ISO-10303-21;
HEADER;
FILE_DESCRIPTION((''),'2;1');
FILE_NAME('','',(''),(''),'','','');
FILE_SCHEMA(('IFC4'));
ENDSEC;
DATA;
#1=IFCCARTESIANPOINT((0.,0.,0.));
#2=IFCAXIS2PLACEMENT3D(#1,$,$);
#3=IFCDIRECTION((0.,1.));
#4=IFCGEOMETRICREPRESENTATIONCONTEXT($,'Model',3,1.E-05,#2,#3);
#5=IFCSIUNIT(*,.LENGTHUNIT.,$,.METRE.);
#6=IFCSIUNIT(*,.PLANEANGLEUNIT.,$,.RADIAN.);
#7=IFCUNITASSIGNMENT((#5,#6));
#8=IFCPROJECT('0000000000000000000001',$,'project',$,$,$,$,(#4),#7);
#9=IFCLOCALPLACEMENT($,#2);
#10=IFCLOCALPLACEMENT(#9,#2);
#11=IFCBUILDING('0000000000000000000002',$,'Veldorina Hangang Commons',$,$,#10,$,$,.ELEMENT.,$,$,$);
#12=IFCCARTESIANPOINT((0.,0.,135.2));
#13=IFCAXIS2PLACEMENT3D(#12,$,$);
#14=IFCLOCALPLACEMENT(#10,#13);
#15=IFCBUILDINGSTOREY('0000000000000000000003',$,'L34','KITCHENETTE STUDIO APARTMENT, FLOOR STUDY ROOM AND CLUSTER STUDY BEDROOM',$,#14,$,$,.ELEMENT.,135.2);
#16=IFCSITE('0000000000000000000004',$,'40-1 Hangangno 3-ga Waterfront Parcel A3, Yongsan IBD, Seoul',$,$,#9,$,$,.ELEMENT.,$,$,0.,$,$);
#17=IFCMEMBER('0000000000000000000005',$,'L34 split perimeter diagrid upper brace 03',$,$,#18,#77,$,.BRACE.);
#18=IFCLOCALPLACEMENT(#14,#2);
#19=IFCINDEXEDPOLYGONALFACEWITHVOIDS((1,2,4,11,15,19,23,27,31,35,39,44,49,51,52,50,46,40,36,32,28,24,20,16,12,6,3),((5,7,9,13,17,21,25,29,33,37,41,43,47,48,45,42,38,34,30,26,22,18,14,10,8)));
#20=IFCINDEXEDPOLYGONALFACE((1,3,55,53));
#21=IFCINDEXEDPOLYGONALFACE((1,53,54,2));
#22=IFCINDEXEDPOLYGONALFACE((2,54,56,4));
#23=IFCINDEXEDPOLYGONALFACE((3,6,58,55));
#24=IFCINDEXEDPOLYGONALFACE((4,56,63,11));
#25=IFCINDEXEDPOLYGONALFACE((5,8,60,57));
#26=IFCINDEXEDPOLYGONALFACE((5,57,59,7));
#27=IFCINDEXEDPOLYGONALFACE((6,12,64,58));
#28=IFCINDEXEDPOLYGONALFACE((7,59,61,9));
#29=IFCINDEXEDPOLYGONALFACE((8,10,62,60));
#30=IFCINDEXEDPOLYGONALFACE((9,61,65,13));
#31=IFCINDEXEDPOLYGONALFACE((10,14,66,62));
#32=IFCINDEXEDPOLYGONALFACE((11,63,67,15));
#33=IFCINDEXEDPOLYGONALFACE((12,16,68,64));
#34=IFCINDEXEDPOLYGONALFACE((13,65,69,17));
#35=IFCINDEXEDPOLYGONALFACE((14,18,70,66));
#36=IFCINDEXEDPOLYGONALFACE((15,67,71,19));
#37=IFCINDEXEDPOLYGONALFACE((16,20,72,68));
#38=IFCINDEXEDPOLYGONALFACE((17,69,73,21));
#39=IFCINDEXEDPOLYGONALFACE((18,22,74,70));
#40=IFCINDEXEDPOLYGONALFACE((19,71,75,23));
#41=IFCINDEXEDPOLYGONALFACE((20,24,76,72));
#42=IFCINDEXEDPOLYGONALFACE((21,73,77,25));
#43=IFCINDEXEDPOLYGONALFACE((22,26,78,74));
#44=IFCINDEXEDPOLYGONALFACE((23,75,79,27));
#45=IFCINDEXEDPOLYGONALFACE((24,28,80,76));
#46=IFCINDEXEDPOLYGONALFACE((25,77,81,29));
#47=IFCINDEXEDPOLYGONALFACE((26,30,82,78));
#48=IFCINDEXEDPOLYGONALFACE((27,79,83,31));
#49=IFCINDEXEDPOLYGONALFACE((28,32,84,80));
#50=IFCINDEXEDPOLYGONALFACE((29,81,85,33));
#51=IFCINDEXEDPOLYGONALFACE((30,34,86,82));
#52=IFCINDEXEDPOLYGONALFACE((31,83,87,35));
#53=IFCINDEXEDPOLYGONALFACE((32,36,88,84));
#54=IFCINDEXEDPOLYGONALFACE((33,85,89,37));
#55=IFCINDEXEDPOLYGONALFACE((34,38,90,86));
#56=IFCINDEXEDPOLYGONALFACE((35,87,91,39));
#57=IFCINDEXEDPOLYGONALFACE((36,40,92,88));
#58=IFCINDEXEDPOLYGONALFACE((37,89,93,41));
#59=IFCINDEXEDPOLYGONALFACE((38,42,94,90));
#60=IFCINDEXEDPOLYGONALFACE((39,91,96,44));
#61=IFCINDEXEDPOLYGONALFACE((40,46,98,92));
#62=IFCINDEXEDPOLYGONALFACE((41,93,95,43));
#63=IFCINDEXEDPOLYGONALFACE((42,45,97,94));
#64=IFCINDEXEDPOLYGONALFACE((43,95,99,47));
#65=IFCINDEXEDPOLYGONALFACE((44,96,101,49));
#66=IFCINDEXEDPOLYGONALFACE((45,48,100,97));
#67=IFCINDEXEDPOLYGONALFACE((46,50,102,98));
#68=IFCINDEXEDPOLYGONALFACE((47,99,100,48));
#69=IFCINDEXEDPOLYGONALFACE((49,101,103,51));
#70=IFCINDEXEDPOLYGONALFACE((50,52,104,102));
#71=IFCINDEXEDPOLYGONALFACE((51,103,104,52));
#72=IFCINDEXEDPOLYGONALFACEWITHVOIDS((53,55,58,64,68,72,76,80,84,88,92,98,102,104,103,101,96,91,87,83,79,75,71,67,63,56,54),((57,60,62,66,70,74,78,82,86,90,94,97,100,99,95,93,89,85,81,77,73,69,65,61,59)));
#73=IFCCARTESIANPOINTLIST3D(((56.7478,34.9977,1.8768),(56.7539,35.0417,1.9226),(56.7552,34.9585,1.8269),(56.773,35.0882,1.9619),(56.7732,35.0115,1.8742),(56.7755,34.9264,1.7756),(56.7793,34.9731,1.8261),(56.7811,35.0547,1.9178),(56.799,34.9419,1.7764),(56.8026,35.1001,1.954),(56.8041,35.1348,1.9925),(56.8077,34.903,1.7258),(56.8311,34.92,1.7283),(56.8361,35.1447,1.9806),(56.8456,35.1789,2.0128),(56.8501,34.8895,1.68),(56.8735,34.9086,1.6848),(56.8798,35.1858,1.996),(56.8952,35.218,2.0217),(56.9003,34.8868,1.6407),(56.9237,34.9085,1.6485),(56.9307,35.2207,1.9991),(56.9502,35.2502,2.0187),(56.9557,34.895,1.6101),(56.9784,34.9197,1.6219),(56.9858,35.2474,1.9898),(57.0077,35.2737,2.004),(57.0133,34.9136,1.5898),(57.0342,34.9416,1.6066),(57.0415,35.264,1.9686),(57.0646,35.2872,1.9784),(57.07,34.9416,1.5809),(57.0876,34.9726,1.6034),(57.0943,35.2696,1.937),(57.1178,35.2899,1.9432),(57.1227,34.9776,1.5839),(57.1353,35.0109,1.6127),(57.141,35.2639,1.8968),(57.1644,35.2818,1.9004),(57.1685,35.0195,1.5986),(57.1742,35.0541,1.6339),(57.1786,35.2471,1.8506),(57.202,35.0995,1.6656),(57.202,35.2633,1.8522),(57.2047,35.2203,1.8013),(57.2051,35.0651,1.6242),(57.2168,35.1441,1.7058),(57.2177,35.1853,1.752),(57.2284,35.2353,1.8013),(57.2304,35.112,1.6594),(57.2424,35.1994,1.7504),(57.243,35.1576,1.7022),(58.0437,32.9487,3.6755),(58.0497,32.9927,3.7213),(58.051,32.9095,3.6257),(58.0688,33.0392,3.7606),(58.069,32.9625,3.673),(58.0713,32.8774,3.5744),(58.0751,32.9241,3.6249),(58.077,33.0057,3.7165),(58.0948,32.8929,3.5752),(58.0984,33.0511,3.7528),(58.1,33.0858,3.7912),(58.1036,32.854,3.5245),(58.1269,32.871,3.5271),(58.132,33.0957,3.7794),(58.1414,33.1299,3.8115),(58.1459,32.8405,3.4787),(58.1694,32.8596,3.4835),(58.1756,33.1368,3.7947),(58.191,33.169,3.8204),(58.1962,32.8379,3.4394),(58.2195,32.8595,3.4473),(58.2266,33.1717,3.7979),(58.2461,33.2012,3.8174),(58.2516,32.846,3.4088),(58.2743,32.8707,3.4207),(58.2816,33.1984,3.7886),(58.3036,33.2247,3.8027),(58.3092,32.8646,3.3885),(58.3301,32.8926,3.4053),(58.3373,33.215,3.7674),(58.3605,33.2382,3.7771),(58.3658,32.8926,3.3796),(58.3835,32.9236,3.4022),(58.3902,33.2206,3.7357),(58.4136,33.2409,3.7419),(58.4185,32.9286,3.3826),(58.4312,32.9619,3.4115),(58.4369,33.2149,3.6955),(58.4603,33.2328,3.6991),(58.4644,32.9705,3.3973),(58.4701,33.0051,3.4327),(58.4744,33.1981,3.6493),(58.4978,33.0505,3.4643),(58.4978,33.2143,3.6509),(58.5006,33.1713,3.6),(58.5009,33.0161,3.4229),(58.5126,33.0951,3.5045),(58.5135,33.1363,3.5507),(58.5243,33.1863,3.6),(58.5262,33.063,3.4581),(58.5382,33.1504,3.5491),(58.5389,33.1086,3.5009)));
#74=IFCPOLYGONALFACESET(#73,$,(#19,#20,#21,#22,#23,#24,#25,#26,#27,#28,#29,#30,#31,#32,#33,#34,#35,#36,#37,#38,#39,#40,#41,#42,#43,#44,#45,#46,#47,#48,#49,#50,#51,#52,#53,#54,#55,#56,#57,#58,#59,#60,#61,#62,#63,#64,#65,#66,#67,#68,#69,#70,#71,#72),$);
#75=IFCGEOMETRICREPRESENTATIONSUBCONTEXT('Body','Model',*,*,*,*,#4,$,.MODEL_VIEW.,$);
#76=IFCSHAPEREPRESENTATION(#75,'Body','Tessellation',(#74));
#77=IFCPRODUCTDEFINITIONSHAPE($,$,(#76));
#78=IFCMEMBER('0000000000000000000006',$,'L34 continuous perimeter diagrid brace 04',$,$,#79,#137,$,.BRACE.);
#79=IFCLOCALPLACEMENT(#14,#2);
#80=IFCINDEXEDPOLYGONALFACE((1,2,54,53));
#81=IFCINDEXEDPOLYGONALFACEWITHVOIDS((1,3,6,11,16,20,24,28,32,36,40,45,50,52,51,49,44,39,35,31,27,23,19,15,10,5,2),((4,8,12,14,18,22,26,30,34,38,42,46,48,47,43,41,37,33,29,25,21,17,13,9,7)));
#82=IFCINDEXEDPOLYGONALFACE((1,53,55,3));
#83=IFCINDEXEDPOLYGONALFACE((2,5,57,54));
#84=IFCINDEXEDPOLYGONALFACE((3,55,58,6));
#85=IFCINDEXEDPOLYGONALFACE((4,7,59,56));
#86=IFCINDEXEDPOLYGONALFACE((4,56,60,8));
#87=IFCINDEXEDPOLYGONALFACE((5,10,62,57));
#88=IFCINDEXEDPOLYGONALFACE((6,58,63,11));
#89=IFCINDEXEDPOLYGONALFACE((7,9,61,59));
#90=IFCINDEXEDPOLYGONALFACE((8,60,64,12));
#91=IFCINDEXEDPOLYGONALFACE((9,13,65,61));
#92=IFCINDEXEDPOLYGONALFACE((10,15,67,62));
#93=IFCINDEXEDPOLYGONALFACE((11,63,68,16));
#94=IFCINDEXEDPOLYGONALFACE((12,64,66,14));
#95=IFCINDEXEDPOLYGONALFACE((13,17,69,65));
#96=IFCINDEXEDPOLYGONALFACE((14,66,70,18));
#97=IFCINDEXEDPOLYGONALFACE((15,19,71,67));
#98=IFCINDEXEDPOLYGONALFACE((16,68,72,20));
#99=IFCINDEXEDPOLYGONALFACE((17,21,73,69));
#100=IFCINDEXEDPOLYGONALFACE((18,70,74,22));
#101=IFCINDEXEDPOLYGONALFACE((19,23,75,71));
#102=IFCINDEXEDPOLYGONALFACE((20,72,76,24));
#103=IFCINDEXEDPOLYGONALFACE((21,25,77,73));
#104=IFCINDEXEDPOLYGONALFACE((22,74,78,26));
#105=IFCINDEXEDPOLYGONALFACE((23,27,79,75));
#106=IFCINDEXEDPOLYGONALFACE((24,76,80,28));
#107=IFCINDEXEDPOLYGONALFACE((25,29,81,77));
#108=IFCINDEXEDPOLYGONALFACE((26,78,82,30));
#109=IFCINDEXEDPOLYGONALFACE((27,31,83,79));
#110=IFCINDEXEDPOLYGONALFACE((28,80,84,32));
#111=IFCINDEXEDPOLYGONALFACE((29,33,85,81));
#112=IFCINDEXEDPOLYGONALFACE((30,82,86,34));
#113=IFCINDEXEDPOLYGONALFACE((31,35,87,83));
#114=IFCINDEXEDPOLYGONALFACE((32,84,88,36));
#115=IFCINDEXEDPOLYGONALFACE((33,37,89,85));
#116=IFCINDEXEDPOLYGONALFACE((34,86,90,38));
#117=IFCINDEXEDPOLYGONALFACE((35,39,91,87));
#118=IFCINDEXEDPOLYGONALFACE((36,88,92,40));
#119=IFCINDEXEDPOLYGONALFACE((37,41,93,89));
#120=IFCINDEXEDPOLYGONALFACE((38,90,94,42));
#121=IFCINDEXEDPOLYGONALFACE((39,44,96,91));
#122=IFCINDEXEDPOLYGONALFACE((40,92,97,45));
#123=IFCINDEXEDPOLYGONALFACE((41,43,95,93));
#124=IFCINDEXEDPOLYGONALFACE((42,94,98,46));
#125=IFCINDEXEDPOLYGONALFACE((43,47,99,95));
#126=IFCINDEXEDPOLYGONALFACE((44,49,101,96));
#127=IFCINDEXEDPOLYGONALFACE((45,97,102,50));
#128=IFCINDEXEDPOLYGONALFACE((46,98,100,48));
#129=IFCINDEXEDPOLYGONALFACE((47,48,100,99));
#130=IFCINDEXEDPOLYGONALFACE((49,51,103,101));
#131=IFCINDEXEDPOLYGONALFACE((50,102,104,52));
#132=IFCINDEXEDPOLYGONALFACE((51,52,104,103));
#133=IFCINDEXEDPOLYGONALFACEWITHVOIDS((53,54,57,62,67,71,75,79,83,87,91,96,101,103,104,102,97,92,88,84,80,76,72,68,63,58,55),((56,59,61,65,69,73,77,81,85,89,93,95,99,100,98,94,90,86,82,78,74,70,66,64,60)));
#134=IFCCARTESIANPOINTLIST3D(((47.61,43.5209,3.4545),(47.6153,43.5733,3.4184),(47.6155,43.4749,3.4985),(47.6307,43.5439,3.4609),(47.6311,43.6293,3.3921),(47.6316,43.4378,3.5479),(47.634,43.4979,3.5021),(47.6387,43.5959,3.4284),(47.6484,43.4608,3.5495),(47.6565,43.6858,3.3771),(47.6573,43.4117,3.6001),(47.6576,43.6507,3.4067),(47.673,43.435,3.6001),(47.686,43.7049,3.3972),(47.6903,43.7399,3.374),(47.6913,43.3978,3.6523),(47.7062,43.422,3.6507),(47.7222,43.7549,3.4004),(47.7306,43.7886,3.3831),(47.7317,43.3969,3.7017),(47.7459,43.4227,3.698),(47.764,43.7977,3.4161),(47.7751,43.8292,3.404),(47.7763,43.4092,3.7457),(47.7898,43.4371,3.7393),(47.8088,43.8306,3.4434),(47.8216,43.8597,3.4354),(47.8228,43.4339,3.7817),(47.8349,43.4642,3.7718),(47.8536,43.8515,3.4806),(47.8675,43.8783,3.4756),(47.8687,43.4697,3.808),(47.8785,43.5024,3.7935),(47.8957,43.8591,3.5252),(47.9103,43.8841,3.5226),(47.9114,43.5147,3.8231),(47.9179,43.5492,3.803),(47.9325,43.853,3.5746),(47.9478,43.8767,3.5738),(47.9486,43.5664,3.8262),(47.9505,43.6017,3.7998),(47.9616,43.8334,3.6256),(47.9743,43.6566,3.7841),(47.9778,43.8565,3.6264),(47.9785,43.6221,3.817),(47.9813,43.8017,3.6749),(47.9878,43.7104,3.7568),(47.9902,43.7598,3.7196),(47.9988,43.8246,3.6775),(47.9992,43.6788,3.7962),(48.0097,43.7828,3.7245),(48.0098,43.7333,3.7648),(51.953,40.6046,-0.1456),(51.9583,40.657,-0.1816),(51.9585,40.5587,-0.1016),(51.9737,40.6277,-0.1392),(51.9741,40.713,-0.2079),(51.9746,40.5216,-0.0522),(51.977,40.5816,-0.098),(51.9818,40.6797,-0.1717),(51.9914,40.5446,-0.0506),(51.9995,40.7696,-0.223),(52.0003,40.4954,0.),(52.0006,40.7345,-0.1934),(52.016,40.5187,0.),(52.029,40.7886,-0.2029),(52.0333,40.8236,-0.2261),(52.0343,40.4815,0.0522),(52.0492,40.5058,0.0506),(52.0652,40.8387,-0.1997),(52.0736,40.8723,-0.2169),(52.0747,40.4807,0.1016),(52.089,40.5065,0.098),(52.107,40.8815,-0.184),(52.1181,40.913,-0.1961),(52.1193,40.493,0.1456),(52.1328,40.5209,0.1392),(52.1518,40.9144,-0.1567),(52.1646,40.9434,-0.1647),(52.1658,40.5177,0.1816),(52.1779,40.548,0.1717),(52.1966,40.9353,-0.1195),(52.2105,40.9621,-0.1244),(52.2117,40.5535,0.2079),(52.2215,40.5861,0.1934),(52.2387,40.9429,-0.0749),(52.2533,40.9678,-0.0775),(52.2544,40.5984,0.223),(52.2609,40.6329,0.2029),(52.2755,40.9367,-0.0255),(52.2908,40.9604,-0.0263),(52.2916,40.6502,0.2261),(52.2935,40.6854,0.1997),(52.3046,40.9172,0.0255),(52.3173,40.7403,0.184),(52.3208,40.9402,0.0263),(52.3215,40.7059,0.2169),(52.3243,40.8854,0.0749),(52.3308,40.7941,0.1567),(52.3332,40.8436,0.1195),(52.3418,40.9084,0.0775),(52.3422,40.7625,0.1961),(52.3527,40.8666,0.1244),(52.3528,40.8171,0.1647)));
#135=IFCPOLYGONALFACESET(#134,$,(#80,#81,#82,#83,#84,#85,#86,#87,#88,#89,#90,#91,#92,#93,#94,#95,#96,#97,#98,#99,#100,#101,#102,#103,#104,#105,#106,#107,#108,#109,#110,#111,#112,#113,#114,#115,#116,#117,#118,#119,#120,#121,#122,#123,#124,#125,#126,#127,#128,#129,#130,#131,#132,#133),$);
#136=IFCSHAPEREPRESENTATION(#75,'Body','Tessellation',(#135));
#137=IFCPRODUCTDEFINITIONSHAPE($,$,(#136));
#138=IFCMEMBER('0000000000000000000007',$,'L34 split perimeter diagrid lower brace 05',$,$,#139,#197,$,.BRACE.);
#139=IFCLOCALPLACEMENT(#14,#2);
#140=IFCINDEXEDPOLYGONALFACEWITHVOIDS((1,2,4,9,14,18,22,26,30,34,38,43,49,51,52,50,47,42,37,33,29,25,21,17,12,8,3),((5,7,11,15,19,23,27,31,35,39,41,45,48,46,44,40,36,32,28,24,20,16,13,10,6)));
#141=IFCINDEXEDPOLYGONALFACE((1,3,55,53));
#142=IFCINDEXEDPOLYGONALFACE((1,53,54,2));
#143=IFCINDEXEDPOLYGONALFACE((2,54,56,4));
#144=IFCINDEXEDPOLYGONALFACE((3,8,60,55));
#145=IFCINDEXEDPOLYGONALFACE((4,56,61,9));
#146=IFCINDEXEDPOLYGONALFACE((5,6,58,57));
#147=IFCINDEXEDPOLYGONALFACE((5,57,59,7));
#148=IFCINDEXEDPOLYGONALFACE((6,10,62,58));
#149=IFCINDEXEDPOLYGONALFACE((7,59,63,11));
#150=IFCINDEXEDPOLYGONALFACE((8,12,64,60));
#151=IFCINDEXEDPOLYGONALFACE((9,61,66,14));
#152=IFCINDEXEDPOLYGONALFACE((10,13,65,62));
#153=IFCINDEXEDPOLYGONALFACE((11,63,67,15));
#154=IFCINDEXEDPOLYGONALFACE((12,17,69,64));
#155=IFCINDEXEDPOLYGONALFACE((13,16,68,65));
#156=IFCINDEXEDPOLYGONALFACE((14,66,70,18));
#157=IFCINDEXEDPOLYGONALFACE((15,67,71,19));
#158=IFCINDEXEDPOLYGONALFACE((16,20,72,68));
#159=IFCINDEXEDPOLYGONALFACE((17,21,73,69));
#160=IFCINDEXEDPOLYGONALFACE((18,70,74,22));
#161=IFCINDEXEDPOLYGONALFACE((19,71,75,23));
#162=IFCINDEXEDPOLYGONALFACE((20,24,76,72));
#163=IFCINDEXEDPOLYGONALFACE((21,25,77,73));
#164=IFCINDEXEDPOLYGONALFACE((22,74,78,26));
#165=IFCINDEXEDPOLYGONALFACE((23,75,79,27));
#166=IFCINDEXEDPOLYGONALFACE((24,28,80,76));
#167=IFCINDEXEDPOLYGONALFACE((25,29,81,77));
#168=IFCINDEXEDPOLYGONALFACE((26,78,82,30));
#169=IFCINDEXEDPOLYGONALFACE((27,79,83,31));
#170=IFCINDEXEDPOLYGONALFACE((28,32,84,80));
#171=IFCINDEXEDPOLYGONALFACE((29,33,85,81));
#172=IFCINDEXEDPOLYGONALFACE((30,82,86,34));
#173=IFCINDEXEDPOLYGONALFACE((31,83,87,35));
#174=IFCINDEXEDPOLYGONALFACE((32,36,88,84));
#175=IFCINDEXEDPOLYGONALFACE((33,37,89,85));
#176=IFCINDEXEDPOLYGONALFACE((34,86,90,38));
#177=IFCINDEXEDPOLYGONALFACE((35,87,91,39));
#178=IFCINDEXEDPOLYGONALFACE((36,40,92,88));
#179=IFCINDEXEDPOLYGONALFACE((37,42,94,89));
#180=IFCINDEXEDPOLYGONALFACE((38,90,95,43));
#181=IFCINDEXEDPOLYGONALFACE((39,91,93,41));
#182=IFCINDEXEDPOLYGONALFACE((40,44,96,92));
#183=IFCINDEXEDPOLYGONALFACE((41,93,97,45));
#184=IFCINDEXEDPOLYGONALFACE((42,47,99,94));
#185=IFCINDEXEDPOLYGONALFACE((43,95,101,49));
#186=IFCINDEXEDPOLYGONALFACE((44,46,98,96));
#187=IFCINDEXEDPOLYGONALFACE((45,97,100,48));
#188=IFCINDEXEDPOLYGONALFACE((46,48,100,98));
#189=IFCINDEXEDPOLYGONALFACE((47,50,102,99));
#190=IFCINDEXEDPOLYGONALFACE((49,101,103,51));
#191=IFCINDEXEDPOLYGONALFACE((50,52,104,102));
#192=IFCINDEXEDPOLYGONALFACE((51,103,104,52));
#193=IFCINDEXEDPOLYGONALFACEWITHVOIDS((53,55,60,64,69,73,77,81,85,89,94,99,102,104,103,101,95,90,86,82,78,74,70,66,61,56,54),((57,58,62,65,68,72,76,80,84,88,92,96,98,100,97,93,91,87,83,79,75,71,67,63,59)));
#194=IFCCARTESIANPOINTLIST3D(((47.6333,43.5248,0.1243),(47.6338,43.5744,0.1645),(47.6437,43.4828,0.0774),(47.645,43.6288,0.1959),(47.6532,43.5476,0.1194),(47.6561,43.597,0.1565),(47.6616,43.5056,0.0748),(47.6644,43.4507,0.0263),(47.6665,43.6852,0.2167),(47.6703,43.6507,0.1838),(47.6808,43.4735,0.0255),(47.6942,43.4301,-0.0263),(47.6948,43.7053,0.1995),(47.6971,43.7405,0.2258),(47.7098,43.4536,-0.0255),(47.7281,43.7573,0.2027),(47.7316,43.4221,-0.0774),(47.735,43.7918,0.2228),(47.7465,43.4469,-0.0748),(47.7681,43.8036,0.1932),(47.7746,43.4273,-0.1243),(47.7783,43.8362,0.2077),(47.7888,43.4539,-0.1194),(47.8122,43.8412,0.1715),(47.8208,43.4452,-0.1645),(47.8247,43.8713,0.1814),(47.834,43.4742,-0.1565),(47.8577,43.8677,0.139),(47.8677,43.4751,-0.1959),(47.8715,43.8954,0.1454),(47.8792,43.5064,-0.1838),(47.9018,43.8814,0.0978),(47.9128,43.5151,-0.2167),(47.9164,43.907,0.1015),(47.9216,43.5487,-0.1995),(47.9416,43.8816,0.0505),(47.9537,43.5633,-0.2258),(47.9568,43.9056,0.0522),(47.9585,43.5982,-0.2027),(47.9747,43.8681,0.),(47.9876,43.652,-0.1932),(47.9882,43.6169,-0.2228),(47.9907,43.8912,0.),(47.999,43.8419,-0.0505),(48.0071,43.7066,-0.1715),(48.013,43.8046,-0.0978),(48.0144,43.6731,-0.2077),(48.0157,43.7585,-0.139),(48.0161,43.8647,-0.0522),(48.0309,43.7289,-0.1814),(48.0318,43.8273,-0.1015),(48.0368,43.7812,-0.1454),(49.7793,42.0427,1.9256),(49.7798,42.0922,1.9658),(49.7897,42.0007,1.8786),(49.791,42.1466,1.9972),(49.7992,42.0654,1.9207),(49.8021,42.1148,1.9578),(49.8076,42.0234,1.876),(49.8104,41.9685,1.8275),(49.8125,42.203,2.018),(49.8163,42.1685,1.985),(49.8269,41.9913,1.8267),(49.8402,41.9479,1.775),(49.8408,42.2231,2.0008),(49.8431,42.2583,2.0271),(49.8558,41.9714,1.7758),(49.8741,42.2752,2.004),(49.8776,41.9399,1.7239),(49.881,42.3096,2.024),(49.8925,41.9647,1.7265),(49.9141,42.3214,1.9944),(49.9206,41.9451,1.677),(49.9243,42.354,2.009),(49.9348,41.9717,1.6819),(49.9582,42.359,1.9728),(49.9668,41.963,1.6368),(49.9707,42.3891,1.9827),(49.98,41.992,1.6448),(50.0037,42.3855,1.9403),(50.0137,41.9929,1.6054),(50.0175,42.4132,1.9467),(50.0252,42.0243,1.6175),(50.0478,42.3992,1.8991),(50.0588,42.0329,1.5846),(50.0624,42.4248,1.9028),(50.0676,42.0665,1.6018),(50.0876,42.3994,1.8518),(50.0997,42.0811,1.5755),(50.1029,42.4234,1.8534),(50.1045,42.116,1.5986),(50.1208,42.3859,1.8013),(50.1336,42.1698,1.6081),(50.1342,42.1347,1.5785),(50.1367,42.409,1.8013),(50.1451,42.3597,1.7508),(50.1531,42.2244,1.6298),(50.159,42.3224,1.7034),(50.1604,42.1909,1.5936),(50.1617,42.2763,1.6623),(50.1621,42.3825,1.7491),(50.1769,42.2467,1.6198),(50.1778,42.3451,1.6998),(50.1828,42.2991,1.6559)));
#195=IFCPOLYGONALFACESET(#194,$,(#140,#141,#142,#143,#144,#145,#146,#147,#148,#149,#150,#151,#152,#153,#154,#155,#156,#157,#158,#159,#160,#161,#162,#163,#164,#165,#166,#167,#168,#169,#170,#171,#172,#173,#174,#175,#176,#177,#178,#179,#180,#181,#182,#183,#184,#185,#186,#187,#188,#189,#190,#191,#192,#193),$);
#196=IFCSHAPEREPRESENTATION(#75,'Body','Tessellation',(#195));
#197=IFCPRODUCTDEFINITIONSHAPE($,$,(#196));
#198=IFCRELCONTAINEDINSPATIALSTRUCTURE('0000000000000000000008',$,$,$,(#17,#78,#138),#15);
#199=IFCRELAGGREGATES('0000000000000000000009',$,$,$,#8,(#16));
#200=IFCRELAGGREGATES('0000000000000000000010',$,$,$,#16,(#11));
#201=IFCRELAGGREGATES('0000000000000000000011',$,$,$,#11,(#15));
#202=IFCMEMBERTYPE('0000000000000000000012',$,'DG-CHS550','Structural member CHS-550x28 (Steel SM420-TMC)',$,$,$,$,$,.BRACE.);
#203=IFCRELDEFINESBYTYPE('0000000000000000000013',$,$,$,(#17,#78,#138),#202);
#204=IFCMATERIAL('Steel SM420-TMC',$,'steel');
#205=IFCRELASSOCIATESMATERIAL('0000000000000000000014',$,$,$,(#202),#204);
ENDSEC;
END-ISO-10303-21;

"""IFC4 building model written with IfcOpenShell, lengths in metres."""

from ifc_helpers import new_model, si_unit, direction, frame, origin, origin_2d, place, context, subcontext, project, spatial, hollow_circle, extrude, material, material_profile, profile_set, type_object, element, save


model = new_model("IFC4")

# Units and contexts
model_context = context("Model", 3, precision=1e-05, world=origin(), true_north=direction((0.0, 1.0)))
body_context = subcontext(model_context, "Body", "Model", "MODEL_VIEW")
ifc_project = project(units=[si_unit("LENGTHUNIT", "METRE"), si_unit("PLANEANGLEUNIT", "RADIAN")], contexts=[model_context])

# Site, building, storey
site_placement = place(None, origin())
site = spatial("IfcSite", under=ifc_project, at=site_placement, Name="40-1 Hangangno 3-ga Waterfront Parcel A3, Yongsan IBD, Seoul", CompositionType="ELEMENT", RefElevation=0.0)
building_placement = place(site_placement, origin())
building = spatial("IfcBuilding", under=site, at=building_placement, Name="Veldorina Hangang Commons", CompositionType="ELEMENT")
storey_placement = place(building_placement, frame((0.0, 0.0, 135.2)))
storey = spatial("IfcBuildingStorey", under=building, at=storey_placement, Name="L34", Description="KITCHENETTE STUDIO APARTMENT, FLOOR STUDY ROOM AND CLUSTER STUDY BEDROOM", CompositionType="ELEMENT", Elevation=135.2)

# Shared definitions
ifc_material_1 = material(Name="Steel SM420-TMC", Category="steel")

# Members
ifc_material_profile_1 = material_profile(ifc_material_1, hollow_circle(Radius=0.2749, WallThickness=0.0281, at=origin_2d()), Name="CHS-550x28")
ifc_profile_set_1 = profile_set([ifc_material_profile_1], Name="Steel SM420-TMC")
member_type = type_object("IfcMemberType", Name="DG-CHS550", Description="Structural member CHS-550x28 (Steel SM420-TMC)", PredefinedType="BRACE", material=ifc_profile_set_1)
member_1_placement = place(storey_placement, frame((56.9961, 35.0884, 1.8013), z_axis=(0.42926, -0.678745, 0.595853), x_axis=(0.845163, 0.534508, 0.0)))
element("IfcMember", 1, at=member_1_placement, inside=storey, type_object=member_type, Name="L34 split perimeter diagrid upper brace 03", PredefinedType="BRACE", context=body_context, shape_type="SweptSolid", body=[
    extrude(hollow_circle(Radius=0.2749, WallThickness=0.0281, at=origin_2d()), origin(), (0.0, 0.0, 1.0), 3.0188),
])
member_2_placement = place(storey_placement, frame((52.1536, 40.7236, 0.0), z_axis=(-0.683901, 0.459227, 0.566912), x_axis=(-0.557465, -0.8302, 0.0)))
element("IfcMember", 2, at=member_2_placement, inside=storey, type_object=member_type, Name="L34 continuous perimeter diagrid brace 04", PredefinedType="BRACE", context=body_context, shape_type="SweptSolid", body=[
    extrude(hollow_circle(Radius=0.2749, WallThickness=0.0281, at=origin_2d()), origin(), (0.0, 0.0, 1.0), 6.3503),
])
member_3_placement = place(storey_placement, frame((47.8345, 43.665, 0.0), z_axis=(0.677044, -0.467615, 0.568285), x_axis=(0.568299, 0.822822, 0.0)))
element("IfcMember", 3, at=member_3_placement, inside=storey, type_object=member_type, Name="L34 split perimeter diagrid lower brace 05", PredefinedType="BRACE", context=body_context, shape_type="SweptSolid", body=[
    extrude(hollow_circle(Radius=0.2749, WallThickness=0.0281, at=origin_2d()), origin(), (0.0, 0.0, 1.0), 3.1697),
])

save(model, "model.ifc")
